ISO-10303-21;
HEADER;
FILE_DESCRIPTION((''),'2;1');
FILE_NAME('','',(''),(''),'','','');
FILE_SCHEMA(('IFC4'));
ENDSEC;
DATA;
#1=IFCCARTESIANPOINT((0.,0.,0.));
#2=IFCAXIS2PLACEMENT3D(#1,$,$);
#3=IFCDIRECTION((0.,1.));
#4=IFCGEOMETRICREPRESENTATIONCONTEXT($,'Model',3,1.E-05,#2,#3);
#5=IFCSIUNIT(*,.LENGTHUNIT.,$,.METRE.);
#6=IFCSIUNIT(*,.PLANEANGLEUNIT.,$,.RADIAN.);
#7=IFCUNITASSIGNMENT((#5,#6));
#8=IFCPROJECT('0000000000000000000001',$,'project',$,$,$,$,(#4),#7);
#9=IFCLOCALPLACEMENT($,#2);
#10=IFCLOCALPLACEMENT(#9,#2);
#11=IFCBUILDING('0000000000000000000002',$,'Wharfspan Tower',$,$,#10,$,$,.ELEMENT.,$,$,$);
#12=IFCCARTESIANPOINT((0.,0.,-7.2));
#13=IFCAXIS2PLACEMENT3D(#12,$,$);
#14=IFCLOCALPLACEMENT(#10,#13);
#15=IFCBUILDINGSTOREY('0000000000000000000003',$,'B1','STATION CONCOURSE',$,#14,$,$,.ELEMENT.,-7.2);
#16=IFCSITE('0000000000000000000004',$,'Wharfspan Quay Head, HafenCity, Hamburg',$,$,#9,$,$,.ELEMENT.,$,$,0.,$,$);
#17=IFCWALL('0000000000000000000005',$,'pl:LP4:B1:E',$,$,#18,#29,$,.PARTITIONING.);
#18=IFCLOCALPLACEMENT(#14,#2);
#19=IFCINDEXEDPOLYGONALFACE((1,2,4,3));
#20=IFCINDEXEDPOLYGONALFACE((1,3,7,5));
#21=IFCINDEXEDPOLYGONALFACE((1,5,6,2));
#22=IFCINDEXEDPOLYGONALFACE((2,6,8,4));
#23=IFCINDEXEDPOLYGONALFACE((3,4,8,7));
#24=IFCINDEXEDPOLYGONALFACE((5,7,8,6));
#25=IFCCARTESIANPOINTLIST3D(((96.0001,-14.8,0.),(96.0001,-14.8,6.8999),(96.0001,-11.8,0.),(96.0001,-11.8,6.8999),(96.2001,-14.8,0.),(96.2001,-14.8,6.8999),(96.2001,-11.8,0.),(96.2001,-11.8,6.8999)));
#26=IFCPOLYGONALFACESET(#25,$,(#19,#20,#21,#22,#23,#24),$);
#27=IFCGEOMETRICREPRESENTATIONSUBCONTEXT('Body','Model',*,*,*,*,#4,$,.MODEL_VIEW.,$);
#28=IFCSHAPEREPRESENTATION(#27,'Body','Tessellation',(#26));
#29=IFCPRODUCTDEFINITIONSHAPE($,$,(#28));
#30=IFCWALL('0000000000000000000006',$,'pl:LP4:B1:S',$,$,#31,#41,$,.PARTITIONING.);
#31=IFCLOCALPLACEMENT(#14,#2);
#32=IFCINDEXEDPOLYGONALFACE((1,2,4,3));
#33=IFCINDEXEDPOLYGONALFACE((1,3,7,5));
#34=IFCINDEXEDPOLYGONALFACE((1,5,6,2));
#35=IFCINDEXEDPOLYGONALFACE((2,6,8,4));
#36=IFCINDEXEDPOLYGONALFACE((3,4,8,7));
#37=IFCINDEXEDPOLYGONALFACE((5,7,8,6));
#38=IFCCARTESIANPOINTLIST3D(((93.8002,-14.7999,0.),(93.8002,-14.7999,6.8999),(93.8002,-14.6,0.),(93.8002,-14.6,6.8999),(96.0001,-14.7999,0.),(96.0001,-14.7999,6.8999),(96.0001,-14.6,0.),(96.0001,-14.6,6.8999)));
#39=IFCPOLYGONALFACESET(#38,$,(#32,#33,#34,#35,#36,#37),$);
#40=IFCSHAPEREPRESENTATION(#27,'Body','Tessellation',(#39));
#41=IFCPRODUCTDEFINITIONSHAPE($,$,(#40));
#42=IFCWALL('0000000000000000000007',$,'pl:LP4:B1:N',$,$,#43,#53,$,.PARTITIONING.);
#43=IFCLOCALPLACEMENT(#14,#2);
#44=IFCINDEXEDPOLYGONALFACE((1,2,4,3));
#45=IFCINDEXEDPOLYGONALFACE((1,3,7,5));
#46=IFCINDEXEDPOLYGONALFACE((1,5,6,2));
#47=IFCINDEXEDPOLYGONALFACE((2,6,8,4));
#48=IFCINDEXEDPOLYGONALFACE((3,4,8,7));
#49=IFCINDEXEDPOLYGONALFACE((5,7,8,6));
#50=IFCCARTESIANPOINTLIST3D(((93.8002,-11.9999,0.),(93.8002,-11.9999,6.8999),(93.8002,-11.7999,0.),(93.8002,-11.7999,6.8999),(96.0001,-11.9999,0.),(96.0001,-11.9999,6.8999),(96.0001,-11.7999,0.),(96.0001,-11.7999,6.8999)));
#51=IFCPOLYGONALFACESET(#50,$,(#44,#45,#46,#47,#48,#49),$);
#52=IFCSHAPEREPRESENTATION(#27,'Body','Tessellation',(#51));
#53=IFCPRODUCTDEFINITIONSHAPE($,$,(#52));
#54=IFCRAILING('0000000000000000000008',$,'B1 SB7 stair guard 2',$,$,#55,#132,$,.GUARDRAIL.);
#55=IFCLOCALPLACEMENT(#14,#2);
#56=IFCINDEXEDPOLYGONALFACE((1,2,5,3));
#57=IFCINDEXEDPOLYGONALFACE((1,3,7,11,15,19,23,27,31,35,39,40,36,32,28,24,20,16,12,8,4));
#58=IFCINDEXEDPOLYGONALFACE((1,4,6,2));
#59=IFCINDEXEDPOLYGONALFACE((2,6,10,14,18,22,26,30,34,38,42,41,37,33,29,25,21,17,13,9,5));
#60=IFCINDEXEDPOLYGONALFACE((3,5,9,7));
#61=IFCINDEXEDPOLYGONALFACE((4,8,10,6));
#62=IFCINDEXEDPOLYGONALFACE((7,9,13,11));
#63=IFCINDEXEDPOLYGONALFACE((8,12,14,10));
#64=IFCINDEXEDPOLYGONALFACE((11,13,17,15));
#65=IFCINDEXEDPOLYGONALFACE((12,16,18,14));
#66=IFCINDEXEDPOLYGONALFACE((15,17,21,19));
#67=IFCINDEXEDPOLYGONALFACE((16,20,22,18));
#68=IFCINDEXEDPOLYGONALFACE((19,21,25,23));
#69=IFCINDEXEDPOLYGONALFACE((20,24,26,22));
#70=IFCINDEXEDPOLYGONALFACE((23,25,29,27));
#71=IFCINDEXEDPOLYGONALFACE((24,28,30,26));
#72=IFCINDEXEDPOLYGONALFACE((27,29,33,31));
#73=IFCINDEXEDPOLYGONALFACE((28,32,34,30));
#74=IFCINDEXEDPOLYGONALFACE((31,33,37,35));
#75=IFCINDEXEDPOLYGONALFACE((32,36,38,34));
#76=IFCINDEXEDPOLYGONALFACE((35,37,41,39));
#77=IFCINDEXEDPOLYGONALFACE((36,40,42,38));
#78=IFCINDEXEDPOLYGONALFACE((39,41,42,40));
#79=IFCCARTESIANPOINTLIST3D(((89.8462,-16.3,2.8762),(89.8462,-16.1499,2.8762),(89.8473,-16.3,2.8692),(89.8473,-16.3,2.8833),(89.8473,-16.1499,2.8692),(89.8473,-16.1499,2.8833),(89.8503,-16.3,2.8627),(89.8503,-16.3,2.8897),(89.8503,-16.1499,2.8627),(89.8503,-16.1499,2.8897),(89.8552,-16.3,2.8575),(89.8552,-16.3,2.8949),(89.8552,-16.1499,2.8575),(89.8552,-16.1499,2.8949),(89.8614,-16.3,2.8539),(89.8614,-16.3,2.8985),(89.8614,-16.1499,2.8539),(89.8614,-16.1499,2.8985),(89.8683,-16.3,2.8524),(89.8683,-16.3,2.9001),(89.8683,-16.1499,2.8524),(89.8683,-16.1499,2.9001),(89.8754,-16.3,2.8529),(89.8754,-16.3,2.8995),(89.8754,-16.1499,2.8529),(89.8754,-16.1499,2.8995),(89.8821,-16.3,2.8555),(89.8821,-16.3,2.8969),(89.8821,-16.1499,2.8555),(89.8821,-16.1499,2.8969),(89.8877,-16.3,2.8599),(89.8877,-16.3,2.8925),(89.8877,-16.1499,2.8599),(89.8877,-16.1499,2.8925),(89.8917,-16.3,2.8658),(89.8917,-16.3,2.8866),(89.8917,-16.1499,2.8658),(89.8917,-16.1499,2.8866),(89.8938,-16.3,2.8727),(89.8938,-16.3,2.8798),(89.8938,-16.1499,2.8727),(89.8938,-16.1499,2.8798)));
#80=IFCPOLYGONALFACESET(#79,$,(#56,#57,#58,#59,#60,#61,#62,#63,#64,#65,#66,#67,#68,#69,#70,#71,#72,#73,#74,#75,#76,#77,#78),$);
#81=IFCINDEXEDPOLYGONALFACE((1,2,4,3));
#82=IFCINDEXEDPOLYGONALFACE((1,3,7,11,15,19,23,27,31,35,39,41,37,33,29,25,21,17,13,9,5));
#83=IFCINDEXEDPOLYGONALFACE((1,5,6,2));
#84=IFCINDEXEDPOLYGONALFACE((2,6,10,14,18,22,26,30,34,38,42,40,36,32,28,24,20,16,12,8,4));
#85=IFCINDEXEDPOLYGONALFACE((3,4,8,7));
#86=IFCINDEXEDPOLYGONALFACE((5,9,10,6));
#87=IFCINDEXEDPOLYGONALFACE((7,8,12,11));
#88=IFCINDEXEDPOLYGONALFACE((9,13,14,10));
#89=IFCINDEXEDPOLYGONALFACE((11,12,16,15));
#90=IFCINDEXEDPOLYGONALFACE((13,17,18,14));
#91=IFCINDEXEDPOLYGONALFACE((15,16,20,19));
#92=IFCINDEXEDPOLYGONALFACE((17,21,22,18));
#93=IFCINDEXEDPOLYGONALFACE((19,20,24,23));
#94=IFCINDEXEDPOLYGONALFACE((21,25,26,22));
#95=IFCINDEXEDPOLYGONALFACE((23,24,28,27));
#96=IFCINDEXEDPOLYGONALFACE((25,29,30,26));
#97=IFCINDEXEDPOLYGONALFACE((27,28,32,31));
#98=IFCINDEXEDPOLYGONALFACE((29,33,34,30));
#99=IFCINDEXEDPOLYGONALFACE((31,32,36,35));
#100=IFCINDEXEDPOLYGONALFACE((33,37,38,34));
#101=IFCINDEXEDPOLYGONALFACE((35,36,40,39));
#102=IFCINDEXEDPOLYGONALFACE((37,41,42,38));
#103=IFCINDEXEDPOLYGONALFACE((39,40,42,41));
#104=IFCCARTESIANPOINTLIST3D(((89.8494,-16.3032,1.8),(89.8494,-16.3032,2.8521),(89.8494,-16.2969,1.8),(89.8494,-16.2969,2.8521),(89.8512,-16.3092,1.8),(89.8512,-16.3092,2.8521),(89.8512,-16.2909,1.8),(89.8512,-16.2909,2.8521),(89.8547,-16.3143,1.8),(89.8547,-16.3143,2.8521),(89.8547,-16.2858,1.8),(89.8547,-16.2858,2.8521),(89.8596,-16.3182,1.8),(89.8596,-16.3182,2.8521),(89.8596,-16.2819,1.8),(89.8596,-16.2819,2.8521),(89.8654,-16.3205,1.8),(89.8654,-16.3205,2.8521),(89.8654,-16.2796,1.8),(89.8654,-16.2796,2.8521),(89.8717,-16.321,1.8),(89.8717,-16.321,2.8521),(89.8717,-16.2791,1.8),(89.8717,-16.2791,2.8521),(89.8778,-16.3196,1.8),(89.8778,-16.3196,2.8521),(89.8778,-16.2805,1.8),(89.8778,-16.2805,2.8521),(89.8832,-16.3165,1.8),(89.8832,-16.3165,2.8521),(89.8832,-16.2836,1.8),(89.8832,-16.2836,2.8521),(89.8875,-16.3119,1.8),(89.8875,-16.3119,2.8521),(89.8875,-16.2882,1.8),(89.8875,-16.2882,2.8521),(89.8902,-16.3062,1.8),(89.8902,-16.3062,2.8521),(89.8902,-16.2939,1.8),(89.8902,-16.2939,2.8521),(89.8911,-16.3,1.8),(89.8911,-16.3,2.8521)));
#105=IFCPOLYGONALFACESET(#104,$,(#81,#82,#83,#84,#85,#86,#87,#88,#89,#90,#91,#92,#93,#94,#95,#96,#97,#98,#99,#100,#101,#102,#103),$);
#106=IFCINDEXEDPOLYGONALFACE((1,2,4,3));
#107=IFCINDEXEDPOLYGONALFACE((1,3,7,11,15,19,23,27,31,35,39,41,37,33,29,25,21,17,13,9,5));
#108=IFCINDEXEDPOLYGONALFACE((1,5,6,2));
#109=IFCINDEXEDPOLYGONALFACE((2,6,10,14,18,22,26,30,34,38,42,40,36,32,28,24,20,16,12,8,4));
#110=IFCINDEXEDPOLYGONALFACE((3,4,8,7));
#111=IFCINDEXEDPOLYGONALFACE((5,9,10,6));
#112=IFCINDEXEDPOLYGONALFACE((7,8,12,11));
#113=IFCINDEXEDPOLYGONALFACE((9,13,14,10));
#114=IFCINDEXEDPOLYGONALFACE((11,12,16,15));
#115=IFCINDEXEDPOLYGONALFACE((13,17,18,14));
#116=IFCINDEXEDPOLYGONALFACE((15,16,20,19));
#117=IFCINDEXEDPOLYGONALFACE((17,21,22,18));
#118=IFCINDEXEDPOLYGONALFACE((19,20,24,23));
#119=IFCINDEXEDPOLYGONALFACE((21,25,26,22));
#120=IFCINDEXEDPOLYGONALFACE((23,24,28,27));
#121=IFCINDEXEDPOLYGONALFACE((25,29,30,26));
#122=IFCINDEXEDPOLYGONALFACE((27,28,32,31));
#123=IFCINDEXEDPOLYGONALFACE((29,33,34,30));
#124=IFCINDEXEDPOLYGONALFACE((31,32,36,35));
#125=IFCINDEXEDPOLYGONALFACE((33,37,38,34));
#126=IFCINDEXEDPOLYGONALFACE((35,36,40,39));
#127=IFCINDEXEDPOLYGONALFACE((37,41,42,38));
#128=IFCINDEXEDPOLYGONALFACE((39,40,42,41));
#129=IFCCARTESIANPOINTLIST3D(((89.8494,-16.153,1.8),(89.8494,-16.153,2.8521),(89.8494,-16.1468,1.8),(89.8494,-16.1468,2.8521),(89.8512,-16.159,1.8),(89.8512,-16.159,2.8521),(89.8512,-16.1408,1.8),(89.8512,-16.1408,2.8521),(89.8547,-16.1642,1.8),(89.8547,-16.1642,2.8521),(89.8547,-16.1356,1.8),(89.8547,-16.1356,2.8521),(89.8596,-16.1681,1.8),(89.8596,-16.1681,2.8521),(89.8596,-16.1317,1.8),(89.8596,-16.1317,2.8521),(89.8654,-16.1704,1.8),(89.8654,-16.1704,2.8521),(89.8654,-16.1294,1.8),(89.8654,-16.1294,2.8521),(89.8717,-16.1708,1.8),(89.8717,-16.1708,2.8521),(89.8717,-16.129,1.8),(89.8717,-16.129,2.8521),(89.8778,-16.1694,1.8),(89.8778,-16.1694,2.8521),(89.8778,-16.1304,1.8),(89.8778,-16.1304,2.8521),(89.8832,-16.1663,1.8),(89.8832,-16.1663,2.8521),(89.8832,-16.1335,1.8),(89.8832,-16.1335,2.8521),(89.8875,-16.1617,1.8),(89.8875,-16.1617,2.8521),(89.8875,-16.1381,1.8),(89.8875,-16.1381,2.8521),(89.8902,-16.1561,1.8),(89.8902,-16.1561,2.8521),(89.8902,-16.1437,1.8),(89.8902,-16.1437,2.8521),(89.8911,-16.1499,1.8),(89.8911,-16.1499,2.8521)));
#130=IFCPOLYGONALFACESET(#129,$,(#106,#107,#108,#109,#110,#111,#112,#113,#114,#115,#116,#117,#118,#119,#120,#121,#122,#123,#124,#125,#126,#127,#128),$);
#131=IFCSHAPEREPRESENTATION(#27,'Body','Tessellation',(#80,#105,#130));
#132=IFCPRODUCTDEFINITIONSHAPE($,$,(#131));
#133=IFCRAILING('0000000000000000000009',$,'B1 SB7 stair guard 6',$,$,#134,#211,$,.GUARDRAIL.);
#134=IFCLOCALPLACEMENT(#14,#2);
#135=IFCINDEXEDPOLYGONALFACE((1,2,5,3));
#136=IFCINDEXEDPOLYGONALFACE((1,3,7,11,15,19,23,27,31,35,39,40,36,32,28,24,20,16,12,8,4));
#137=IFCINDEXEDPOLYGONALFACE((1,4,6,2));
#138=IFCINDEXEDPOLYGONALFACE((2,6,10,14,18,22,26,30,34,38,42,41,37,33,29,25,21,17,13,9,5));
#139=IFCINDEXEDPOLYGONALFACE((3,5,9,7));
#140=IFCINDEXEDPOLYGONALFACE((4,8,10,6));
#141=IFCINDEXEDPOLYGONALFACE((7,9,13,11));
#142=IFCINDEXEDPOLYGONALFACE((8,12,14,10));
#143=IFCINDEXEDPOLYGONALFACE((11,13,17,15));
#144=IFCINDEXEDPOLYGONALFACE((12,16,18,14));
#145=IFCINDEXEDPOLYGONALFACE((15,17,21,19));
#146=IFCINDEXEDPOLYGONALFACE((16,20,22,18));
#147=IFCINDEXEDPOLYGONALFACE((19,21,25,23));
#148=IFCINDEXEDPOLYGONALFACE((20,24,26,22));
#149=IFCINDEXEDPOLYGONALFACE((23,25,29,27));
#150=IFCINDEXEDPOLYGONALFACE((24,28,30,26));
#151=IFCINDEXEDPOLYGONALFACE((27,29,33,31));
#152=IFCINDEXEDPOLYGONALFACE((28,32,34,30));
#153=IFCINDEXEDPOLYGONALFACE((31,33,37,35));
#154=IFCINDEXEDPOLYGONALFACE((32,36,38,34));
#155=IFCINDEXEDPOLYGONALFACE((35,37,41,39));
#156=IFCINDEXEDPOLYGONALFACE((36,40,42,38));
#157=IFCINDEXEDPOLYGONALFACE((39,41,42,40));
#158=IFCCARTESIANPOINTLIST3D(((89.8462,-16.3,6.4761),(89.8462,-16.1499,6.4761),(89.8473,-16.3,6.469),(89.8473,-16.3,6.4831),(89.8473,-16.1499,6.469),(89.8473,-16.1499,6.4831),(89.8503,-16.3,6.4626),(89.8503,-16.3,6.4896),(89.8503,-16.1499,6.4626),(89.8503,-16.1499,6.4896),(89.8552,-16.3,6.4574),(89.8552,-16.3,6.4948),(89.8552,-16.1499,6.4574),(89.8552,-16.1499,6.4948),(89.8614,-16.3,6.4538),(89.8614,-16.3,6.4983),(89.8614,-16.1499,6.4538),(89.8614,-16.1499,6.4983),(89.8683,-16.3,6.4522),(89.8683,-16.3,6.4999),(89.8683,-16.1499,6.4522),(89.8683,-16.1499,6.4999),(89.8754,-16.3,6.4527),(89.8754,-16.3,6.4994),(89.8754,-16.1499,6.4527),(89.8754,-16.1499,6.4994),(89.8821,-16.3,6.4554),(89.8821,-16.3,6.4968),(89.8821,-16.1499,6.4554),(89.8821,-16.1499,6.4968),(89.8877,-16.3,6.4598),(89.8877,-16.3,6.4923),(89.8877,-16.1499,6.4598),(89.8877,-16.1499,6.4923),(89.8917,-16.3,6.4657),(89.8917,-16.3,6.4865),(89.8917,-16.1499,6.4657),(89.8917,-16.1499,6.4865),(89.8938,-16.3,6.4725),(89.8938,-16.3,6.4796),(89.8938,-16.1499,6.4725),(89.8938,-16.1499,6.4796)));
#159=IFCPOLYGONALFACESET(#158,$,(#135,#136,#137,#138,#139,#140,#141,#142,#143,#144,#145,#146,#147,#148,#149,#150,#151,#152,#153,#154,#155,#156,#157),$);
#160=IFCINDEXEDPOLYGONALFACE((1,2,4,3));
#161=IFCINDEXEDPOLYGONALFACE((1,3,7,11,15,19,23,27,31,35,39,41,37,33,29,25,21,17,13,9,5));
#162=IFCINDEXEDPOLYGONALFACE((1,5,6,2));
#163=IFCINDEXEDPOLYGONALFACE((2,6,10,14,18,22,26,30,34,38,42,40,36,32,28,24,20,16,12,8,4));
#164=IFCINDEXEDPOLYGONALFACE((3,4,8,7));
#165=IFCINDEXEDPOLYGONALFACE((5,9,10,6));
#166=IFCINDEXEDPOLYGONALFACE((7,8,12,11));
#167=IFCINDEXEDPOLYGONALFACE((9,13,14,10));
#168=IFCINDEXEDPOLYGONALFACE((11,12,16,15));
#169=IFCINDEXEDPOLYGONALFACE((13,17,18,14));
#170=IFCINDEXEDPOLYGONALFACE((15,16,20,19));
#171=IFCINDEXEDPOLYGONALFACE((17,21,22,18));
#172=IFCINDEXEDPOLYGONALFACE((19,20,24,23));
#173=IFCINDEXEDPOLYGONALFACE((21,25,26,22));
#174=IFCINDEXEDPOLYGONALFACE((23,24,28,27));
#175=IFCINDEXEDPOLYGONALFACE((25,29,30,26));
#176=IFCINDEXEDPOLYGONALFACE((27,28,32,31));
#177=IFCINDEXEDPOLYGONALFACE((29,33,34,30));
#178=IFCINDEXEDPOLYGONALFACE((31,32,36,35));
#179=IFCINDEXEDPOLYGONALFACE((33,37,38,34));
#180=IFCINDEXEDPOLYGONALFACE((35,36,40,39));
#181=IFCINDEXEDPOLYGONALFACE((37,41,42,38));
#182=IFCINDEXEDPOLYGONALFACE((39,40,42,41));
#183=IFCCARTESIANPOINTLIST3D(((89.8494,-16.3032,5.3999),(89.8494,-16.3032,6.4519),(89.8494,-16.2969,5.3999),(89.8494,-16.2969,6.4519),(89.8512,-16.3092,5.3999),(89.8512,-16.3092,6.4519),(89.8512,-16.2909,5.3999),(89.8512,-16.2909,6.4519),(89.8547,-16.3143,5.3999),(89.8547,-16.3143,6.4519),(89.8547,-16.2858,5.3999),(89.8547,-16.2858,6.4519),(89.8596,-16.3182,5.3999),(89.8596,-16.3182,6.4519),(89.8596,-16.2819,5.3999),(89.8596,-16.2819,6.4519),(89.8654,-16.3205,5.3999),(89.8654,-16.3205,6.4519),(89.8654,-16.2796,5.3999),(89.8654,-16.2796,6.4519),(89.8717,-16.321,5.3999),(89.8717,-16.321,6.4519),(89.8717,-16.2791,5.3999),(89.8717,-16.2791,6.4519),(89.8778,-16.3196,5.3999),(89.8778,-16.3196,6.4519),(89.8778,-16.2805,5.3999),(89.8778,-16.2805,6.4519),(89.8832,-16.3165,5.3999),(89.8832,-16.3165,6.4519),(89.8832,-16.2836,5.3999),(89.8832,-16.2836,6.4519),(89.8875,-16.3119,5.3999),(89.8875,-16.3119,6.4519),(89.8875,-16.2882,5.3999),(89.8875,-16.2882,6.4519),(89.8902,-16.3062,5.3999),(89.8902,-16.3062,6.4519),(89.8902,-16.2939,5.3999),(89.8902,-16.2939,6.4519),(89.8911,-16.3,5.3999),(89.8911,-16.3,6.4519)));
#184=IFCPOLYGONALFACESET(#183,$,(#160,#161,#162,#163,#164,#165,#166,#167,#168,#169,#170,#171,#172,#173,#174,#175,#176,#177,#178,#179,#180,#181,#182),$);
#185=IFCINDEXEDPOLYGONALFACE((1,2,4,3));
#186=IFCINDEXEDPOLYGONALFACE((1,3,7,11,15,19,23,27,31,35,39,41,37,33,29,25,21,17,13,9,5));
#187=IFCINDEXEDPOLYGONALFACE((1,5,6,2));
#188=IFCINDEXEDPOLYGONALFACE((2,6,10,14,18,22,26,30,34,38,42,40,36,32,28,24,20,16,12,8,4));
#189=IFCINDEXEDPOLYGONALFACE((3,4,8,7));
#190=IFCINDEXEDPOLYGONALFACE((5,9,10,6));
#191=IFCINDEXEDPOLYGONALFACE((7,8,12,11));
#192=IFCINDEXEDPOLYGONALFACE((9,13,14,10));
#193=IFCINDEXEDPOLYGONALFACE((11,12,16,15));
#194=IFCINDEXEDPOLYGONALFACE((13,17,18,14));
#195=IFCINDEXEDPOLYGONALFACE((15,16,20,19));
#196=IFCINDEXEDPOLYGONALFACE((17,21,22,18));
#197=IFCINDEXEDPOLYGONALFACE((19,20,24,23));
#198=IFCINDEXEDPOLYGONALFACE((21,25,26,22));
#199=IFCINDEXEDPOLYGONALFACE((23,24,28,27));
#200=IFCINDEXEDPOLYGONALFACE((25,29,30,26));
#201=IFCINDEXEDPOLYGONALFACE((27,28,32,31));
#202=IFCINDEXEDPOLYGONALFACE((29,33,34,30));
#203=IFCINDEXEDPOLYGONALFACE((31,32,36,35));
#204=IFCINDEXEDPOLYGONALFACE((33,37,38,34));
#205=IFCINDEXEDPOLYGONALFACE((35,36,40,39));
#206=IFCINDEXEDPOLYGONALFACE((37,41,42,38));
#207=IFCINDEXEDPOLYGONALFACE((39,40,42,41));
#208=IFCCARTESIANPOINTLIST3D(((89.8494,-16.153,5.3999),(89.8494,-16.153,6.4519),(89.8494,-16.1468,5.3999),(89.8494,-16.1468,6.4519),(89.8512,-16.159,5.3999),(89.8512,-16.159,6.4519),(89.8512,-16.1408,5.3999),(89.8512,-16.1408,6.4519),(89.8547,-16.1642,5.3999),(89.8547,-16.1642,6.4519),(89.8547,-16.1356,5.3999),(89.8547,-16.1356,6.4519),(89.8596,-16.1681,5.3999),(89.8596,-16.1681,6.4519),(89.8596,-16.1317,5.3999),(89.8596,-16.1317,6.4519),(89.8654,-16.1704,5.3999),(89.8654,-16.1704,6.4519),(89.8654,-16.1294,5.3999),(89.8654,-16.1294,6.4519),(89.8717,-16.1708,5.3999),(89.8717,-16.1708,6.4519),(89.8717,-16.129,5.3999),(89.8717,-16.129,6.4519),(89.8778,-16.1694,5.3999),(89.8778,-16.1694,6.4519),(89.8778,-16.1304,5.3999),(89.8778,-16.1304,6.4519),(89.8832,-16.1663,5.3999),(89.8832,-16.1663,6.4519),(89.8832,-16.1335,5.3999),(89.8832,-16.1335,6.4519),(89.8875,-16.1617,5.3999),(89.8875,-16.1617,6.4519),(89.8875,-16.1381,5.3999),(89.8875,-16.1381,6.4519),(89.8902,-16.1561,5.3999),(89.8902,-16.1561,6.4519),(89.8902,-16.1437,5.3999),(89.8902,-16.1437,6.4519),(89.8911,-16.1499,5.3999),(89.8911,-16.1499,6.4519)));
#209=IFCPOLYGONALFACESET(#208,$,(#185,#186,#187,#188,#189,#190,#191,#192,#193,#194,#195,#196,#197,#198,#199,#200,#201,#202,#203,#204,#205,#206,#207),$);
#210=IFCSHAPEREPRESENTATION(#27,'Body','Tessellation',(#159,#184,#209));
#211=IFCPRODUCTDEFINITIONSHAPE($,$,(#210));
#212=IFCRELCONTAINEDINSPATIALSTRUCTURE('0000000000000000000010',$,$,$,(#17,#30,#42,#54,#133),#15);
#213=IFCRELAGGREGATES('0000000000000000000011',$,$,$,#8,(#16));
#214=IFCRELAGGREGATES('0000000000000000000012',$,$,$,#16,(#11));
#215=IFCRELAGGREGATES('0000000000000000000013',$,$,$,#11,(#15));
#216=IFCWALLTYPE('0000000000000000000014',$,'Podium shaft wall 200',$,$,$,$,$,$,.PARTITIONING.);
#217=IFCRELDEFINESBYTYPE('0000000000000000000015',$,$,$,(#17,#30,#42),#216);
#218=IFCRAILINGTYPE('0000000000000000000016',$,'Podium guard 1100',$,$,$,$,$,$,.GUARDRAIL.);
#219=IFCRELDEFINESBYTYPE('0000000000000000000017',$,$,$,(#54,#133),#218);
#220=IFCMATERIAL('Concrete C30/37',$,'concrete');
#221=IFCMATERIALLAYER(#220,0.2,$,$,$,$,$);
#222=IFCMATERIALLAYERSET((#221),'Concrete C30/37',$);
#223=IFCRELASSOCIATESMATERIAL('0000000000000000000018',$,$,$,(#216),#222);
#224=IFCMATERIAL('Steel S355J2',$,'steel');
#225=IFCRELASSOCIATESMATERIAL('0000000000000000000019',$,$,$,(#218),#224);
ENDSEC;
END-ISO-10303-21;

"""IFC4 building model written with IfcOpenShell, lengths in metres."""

from ifc_helpers import new_model, si_unit, direction, frame, frame_2d, origin, origin_2d, place, context, subcontext, project, spatial, rectangle, circle, extrude, material, layer, layer_set, type_object, element, save


model = new_model("IFC4")

# Units and contexts
model_context = context("Model", 3, precision=1e-05, world=origin(), true_north=direction((0.0, 1.0)))
body_context = subcontext(model_context, "Body", "Model", "MODEL_VIEW")
ifc_project = project(units=[si_unit("LENGTHUNIT", "METRE"), si_unit("PLANEANGLEUNIT", "RADIAN")], contexts=[model_context])

# Site, building, storey
site_placement = place(None, origin())
site = spatial("IfcSite", under=ifc_project, at=site_placement, Name="Wharfspan Quay Head, HafenCity, Hamburg", CompositionType="ELEMENT", RefElevation=0.0)
building_placement = place(site_placement, origin())
building = spatial("IfcBuilding", under=site, at=building_placement, Name="Wharfspan Tower", CompositionType="ELEMENT")
storey_placement = place(building_placement, frame((0.0, 0.0, -7.2)))
storey = spatial("IfcBuildingStorey", under=building, at=storey_placement, Name="B1", Description="STATION CONCOURSE", CompositionType="ELEMENT", Elevation=-7.2)

# Shared definitions
ifc_material_1 = material(Name="Concrete C30/37", Category="concrete")
ifc_layer_1 = layer(ifc_material_1, 0.2)
ifc_layer_set_1 = layer_set([ifc_layer_1], Name="Concrete C30/37")
wall_type_1 = type_object("IfcWallType", Name="Podium shaft wall 200", PredefinedType="PARTITIONING", material=ifc_layer_set_1)

# Walls
wall_1_placement = place(storey_placement, frame((96.1001, -14.8, 0.0), z_axis=(0.0, 0.0, 1.0), x_axis=(0.0, 1.0, 0.0)))
element("IfcWall", 1, at=wall_1_placement, inside=storey, type_object=wall_type_1, Name="pl:LP4:B1:E", PredefinedType="PARTITIONING", context=body_context, shape_type="SweptSolid", body=[
    extrude(rectangle(XDim=3.0, YDim=0.2, at=frame_2d((1.5, 0.0))), origin(), (0.0, 0.0, 1.0), 6.8999),
])
for number, where, z_axis, x_axis, name in (
    (2, (93.8, -14.7, 0.0), (0.0, 0.0, 1.0), (1.0, 0.0, 0.0), "pl:LP4:B1:S"),
    (3, (93.8, -11.8999, 0.0), (0.0, 0.0, 1.0), (1.0, 0.0, 0.0), "pl:LP4:B1:N"),
):
    element("IfcWall", number, at=place(storey_placement, frame(where, z_axis=z_axis, x_axis=x_axis)), inside=storey, type_object=wall_type_1, Name=name, PredefinedType="PARTITIONING", context=body_context, shape_type="SweptSolid", body=[
        extrude(rectangle(XDim=2.2, YDim=0.2, at=frame_2d((1.1001, 0.0))), origin(), (0.0, 0.0, 1.0), 6.8999),
    ])

# Railings
ifc_material_2 = material(Name="Steel S355J2", Category="steel")
railing_type_1 = type_object("IfcRailingType", Name="Podium guard 1100", PredefinedType="GUARDRAIL", material=ifc_material_2)
for number, where, name in (
    (4, (89.8701, -16.3, 1.8), "B1 SB7 stair guard 2"),
    (5, (89.8701, -16.3, 5.3999), "B1 SB7 stair guard 6"),
):
    element("IfcRailing", number, at=place(storey_placement, frame(where)), inside=storey, type_object=railing_type_1, Name=name, PredefinedType="GUARDRAIL", context=body_context, shape_type="SweptSolid", body=[
        extrude(circle(Radius=0.0239, at=origin_2d()), frame((0.0, 0.0, 1.0762), z_axis=(0.0, 1.0, 0.0), x_axis=(-1.0, 0.0, 0.0)), (0.0, 0.0, 1.0), 0.1501),
        extrude(circle(Radius=0.021, at=origin_2d()), origin(), (0.0, 0.0, 1.0), 1.052),
        extrude(circle(Radius=0.021, at=origin_2d()), frame((0.0, 0.1501, 0.0)), (0.0, 0.0, 1.0), 1.052),
    ])

save(model, "model.ifc")
